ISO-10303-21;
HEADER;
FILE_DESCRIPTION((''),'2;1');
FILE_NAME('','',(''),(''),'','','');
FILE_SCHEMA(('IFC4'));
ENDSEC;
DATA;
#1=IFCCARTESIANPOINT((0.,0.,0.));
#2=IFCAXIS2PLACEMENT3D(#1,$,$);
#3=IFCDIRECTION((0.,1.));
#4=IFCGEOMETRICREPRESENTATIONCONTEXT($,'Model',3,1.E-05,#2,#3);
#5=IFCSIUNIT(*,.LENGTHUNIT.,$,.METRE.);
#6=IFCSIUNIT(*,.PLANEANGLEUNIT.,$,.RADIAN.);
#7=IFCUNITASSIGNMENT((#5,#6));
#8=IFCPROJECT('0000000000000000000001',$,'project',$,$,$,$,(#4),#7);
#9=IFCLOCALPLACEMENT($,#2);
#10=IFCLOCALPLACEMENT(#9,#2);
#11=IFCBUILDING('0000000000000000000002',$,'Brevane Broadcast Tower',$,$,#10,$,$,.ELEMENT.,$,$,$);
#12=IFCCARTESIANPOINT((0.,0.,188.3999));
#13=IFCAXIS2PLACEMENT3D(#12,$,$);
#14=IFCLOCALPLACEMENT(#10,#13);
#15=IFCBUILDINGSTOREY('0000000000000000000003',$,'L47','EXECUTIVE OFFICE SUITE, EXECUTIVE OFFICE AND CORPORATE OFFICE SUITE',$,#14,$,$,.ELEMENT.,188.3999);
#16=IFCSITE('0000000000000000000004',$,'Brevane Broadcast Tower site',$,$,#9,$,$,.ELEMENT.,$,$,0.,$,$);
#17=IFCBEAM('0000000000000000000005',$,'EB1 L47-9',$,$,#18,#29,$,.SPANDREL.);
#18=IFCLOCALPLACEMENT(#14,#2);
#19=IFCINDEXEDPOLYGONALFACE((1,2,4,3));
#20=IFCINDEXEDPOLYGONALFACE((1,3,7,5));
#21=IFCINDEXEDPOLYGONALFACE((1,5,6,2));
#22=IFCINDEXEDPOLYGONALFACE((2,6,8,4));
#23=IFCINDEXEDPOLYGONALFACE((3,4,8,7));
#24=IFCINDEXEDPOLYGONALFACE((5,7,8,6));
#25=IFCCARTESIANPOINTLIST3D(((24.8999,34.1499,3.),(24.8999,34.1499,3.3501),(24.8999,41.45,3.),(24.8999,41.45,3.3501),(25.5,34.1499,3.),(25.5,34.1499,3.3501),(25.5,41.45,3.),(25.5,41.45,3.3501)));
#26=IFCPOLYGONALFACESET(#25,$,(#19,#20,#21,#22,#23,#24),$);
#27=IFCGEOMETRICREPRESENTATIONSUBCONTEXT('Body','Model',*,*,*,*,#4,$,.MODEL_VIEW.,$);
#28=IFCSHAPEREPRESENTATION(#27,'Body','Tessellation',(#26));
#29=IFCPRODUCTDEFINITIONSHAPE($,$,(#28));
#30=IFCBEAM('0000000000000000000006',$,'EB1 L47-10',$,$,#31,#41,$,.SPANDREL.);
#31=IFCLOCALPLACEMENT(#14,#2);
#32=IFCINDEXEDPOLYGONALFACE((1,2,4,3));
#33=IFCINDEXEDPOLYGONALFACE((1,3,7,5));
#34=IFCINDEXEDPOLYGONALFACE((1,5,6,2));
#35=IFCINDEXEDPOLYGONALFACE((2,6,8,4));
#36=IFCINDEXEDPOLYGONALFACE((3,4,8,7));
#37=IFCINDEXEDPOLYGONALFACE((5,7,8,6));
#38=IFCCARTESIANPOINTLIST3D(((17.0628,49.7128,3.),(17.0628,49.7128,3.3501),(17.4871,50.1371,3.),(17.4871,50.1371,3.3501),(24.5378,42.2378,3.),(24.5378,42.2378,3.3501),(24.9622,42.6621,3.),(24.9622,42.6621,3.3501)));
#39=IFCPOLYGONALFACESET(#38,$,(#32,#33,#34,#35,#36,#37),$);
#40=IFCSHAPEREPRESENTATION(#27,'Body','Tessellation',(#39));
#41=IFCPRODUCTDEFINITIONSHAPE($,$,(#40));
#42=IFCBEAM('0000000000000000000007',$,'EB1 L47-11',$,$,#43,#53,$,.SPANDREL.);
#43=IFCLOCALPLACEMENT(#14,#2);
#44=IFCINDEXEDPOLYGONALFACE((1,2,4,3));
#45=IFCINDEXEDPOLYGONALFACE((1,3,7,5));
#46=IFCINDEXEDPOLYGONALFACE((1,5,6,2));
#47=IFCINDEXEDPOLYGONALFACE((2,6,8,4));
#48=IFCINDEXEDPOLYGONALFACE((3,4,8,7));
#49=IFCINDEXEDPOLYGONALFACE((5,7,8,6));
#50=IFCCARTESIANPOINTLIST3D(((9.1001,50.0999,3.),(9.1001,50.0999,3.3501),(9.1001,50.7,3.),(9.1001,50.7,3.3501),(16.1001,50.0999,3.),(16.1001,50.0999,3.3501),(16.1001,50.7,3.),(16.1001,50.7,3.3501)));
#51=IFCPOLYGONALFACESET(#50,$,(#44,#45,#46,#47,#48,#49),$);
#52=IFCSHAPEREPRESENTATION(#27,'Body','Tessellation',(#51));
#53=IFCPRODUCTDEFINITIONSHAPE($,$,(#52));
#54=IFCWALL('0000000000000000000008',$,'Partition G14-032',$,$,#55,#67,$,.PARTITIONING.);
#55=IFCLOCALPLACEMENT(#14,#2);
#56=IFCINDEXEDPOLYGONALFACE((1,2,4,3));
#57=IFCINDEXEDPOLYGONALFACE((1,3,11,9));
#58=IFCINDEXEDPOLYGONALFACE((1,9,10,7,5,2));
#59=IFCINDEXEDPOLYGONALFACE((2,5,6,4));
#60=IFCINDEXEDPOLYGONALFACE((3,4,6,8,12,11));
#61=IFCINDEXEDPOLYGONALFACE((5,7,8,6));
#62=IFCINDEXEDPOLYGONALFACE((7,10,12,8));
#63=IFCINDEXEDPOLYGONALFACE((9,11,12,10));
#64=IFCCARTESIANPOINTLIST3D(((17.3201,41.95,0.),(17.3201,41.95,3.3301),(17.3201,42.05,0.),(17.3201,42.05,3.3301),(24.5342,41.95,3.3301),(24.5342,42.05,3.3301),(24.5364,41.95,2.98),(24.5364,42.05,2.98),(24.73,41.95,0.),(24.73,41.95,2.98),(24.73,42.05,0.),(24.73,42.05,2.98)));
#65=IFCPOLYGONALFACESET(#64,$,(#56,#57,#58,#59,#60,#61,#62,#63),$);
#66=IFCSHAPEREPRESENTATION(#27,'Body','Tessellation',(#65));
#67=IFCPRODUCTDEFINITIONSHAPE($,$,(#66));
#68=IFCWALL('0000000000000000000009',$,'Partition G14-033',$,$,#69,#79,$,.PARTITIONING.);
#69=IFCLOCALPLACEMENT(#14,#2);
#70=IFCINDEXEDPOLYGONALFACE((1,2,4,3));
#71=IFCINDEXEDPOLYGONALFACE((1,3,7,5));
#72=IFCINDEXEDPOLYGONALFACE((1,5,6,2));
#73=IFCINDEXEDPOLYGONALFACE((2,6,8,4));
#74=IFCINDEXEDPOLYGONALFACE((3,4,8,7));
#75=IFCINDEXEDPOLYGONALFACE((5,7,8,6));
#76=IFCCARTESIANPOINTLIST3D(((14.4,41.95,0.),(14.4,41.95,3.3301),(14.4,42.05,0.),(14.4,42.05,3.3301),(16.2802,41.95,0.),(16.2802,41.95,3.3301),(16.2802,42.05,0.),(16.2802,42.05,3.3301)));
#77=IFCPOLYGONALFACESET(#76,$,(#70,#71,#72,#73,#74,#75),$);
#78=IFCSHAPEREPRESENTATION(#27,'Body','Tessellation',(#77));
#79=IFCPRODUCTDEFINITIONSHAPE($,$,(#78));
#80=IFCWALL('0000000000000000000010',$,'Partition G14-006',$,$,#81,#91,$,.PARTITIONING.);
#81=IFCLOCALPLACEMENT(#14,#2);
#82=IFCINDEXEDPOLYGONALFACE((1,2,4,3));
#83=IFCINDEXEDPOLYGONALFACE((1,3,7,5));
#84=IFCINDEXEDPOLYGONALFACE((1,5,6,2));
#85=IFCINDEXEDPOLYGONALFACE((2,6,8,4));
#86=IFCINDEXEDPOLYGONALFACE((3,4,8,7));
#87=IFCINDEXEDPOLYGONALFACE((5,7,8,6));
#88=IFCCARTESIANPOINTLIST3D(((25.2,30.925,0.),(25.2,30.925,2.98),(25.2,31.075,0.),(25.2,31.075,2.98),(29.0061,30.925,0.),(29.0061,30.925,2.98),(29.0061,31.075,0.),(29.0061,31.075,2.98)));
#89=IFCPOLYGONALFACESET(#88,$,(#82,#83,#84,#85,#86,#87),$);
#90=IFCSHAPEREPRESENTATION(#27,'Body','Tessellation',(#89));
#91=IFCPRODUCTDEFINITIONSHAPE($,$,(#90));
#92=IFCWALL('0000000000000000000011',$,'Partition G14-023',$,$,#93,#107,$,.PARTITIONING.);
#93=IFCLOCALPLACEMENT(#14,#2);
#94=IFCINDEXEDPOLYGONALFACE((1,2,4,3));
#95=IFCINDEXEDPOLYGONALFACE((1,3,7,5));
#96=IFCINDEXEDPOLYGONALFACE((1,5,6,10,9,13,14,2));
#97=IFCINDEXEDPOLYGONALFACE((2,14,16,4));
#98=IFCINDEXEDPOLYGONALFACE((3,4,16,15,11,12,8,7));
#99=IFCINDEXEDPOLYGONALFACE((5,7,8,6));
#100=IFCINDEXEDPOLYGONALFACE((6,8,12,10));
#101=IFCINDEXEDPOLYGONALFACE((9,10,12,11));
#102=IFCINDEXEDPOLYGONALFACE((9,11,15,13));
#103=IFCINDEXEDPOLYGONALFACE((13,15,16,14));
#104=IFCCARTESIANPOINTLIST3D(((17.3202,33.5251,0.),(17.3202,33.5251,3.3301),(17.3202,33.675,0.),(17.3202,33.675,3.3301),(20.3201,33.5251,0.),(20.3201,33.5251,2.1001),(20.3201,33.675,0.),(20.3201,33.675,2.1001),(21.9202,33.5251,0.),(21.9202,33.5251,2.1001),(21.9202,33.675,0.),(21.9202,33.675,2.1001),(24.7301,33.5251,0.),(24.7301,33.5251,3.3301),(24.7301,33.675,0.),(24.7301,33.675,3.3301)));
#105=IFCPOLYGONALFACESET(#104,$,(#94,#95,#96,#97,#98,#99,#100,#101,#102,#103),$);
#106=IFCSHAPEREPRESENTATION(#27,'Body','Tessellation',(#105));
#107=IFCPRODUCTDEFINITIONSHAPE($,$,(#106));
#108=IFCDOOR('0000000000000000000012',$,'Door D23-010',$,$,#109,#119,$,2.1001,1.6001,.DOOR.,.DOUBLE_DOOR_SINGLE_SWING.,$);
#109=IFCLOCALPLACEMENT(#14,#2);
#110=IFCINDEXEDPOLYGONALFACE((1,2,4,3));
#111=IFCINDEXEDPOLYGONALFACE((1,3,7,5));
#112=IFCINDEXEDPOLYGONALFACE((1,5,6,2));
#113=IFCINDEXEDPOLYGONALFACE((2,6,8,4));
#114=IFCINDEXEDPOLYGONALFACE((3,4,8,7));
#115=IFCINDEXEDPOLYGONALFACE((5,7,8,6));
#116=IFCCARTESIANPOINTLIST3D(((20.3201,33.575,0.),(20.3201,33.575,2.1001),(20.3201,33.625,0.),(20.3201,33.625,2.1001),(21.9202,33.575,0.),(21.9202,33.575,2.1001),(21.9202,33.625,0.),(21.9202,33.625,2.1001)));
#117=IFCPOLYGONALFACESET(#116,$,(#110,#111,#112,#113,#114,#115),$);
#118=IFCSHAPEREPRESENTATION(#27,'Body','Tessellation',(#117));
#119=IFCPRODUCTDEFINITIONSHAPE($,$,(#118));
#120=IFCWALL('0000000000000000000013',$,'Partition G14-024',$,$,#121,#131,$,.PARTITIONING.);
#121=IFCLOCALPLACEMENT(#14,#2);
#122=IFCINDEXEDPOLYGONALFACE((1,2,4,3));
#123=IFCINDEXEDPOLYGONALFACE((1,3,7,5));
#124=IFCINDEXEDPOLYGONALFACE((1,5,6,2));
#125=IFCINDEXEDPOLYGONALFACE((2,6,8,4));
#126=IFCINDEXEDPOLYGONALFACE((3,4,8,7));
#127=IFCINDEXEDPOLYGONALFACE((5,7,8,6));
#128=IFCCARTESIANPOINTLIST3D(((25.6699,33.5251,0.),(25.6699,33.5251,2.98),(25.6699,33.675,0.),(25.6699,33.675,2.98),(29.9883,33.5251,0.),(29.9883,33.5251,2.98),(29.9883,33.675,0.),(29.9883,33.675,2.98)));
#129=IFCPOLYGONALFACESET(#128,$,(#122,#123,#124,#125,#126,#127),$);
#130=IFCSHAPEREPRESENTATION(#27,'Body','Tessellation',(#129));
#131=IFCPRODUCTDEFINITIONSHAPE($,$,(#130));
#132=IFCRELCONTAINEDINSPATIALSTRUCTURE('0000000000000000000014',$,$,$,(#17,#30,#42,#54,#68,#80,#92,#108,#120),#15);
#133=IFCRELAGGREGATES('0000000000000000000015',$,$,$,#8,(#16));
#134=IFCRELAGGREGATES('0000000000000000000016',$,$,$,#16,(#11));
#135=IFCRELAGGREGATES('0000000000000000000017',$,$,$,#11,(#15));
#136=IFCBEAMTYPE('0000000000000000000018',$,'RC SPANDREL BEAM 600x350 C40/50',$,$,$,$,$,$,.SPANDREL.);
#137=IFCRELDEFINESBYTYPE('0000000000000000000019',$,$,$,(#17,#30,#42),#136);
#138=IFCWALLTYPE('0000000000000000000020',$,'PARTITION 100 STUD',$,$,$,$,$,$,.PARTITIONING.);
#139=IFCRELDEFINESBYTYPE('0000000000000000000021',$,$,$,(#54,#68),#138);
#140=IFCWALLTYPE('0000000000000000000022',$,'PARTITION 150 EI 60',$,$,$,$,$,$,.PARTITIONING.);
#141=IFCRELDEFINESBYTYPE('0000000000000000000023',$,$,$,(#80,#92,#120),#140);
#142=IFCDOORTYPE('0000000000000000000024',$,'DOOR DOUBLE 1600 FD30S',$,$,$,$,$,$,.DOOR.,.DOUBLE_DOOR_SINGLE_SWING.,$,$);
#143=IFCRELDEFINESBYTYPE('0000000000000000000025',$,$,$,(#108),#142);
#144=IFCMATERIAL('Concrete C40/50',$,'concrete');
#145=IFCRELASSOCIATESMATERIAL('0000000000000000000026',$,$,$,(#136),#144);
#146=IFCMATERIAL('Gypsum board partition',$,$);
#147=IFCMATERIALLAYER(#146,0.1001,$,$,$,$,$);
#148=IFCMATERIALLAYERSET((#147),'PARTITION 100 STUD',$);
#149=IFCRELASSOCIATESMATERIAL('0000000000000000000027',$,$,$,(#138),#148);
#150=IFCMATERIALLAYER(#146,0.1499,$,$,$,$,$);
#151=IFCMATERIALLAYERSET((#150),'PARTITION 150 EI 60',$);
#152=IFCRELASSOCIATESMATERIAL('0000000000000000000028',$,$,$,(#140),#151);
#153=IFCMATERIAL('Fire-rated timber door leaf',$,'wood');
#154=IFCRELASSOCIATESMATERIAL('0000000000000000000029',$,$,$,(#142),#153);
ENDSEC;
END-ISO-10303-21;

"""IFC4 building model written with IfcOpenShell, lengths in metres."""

from ifc_helpers import new_model, si_unit, direction, frame, frame_2d, origin, origin_2d, place, context, subcontext, project, spatial, polyline, rectangle, outline, extrude, material, layer, layer_set, material_profile, profile_set, type_object, element, fill, save


model = new_model("IFC4")

# Units and contexts
model_context = context("Model", 3, precision=1e-05, world=origin(), true_north=direction((0.0, 1.0)))
body_context = subcontext(model_context, "Body", "Model", "MODEL_VIEW")
ifc_project = project(units=[si_unit("LENGTHUNIT", "METRE"), si_unit("PLANEANGLEUNIT", "RADIAN")], contexts=[model_context])

# Site, building, storey
site_placement = place(None, origin())
site = spatial("IfcSite", under=ifc_project, at=site_placement, Name="Brevane Broadcast Tower site", CompositionType="ELEMENT", RefElevation=0.0)
building_placement = place(site_placement, origin())
building = spatial("IfcBuilding", under=site, at=building_placement, Name="Brevane Broadcast Tower", CompositionType="ELEMENT")
storey_placement = place(building_placement, frame((0.0, 0.0, 188.3999)))
storey = spatial("IfcBuildingStorey", under=building, at=storey_placement, Name="L47", Description="EXECUTIVE OFFICE SUITE, EXECUTIVE OFFICE AND CORPORATE OFFICE SUITE", CompositionType="ELEMENT", Elevation=188.3999)

# Beams
ifc_material_1 = material(Name="Concrete C40/50", Category="concrete")
ifc_material_profile_1 = material_profile(ifc_material_1, rectangle(XDim=0.6001, YDim=0.3501, at=origin_2d()), Name="RC 600x350")
ifc_profile_set_1 = profile_set([ifc_material_profile_1], Name="Concrete C40/50")
beam_type_1 = type_object("IfcBeamType", Name="RC SPANDREL BEAM 600x350 C40/50", PredefinedType="SPANDREL", material=ifc_profile_set_1)
beam_1_placement = place(storey_placement, frame((25.2, 34.1499, 3.175), z_axis=(0.0, 1.0, 0.0), x_axis=(-1.0, 0.0, 0.0)))
element("IfcBeam", 1, at=beam_1_placement, inside=storey, type_object=beam_type_1, Name="EB1 L47-9", PredefinedType="SPANDREL", context=body_context, shape_type="SweptSolid", body=[
    extrude(rectangle(XDim=0.6001, YDim=0.3501, at=origin_2d()), origin(), (0.0, 0.0, 1.0), 7.3),
])
beam_2_placement = place(storey_placement, frame((24.75, 42.45, 3.175), z_axis=(-0.707107, 0.707107, 0.0), x_axis=(-0.707107, -0.707107, 0.0)))
element("IfcBeam", 2, at=beam_2_placement, inside=storey, type_object=beam_type_1, Name="EB1 L47-10", PredefinedType="SPANDREL", context=body_context, shape_type="SweptSolid", body=[
    extrude(rectangle(XDim=0.6001, YDim=0.3501, at=origin_2d()), origin(), (0.0, 0.0, 1.0), 10.5713),
])
beam_3_placement = place(storey_placement, frame((16.1001, 50.3999, 3.175), z_axis=(-1.0, 0.0, 0.0), x_axis=(0.0, -1.0, 0.0)))
element("IfcBeam", 3, at=beam_3_placement, inside=storey, type_object=beam_type_1, Name="EB1 L47-11", PredefinedType="SPANDREL", context=body_context, shape_type="SweptSolid", body=[
    extrude(rectangle(XDim=0.6001, YDim=0.3501, at=origin_2d()), origin(), (0.0, 0.0, 1.0), 7.0),
])

# Walls
ifc_material_2 = material(Name="Gypsum board partition")
ifc_layer_1 = layer(ifc_material_2, 0.1001)
ifc_layer_set_1 = layer_set([ifc_layer_1], Name="PARTITION 100 STUD")
wall_type_1 = type_object("IfcWallType", Name="PARTITION 100 STUD", PredefinedType="PARTITIONING", material=ifc_layer_set_1)
wall_1_placement = place(storey_placement, frame((24.73, 42.0, 0.0), z_axis=(0.0, 0.0, 1.0), x_axis=(-1.0, 0.0, 0.0)))
element("IfcWall", 4, at=wall_1_placement, inside=storey, type_object=wall_type_1, Name="Partition G14-032", PredefinedType="PARTITIONING", context=body_context, shape_type="SweptSolid", body=[
    extrude(outline(polyline([(0.0, 0.0), (7.4099, 0.0), (7.4099, 3.3301), (0.1958, 3.3301), (0.1936, 2.98), (0.0, 2.98), (0.0, 0.0)])), frame((0.0, 0.05, 0.0), z_axis=(0.0, -1.0, 0.0), x_axis=(1.0, 0.0, 0.0)), (0.0, 0.0, 1.0), 0.1001),
])
wall_2_placement = place(storey_placement, frame((16.28, 42.0, 0.0), z_axis=(0.0, 0.0, 1.0), x_axis=(-1.0, 0.0, 0.0)))
element("IfcWall", 5, at=wall_2_placement, inside=storey, type_object=wall_type_1, Name="Partition G14-033", PredefinedType="PARTITIONING", context=body_context, shape_type="SweptSolid", body=[
    extrude(rectangle(XDim=1.8801, YDim=0.1001, at=frame_2d((0.9399, 0.0))), origin(), (0.0, 0.0, 1.0), 3.3301),
])
ifc_layer_2 = layer(ifc_material_2, 0.1499)
ifc_layer_set_2 = layer_set([ifc_layer_2], Name="PARTITION 150 EI 60")
wall_type_2 = type_object("IfcWallType", Name="PARTITION 150 EI 60", PredefinedType="PARTITIONING", material=ifc_layer_set_2)
wall_3_placement = place(storey_placement, frame((25.2, 31.0, 0.0), z_axis=(0.0, 0.0, 1.0), x_axis=(1.0, 0.0, 0.0)))
element("IfcWall", 6, at=wall_3_placement, inside=storey, type_object=wall_type_2, Name="Partition G14-006", PredefinedType="PARTITIONING", context=body_context, shape_type="SweptSolid", body=[
    extrude(rectangle(XDim=3.8062, YDim=0.1499, at=frame_2d((1.9031, 0.0))), origin(), (0.0, 0.0, 1.0), 2.98),
])

# Wall, opening, door
wall_4_placement = place(storey_placement, frame((17.3201, 33.6001, 0.0), z_axis=(0.0, 0.0, 1.0), x_axis=(1.0, 0.0, 0.0)))
wall_4 = element("IfcWall", 7, at=wall_4_placement, inside=storey, type_object=wall_type_2, Name="Partition G14-023", PredefinedType="PARTITIONING", context=body_context, shape_type="SweptSolid", body=[
    extrude(rectangle(XDim=7.4099, YDim=0.1499, at=frame_2d((3.7051, 0.0))), origin(), (0.0, 0.0, 1.0), 3.3301),
])
opening_placement = place(wall_4_placement, frame((3.0, 0.0, 0.0)))
opening = element("IfcOpeningElement", 8, at=opening_placement, cuts=wall_4, PredefinedType="OPENING", context=body_context, shape_type="SweptSolid", body=[
    extrude(rectangle(XDim=1.6001, YDim=2.1001, at=frame_2d((0.8, 1.05))), frame((0.0, 0.085, 0.0), z_axis=(0.0, -1.0, 0.0), x_axis=(1.0, 0.0, 0.0)), (0.0, 0.0, 1.0), 0.1699),
])
ifc_material_3 = material(Name="Fire-rated timber door leaf", Category="wood")
door_type = type_object("IfcDoorType", Name="DOOR DOUBLE 1600 FD30S", OperationType="DOUBLE_DOOR_SINGLE_SWING", PredefinedType="DOOR", material=ifc_material_3)
door_placement = place(opening_placement, origin())
door = element("IfcDoor", 9, at=door_placement, inside=storey, type_object=door_type, Name="Door D23-010", OperationType="DOUBLE_DOOR_SINGLE_SWING", OverallHeight=2.1001, OverallWidth=1.6001, PredefinedType="DOOR", context=body_context, shape_type="SweptSolid", body=[
    extrude(rectangle(XDim=1.6001, YDim=2.1001, at=frame_2d((0.8, 1.05))), frame((0.0, 0.0249, 0.0), z_axis=(0.0, -1.0, 0.0), x_axis=(1.0, 0.0, 0.0)), (0.0, 0.0, 1.0), 0.05),
])
fill(opening, door)

# Wall
wall_5_placement = place(storey_placement, frame((25.6699, 33.6001, 0.0), z_axis=(0.0, 0.0, 1.0), x_axis=(1.0, 0.0, 0.0)))
element("IfcWall", 10, at=wall_5_placement, inside=storey, type_object=wall_type_2, Name="Partition G14-024", PredefinedType="PARTITIONING", context=body_context, shape_type="SweptSolid", body=[
    extrude(rectangle(XDim=4.3184, YDim=0.1499, at=frame_2d((2.1592, 0.0))), origin(), (0.0, 0.0, 1.0), 2.98),
])

save(model, "model.ifc")
